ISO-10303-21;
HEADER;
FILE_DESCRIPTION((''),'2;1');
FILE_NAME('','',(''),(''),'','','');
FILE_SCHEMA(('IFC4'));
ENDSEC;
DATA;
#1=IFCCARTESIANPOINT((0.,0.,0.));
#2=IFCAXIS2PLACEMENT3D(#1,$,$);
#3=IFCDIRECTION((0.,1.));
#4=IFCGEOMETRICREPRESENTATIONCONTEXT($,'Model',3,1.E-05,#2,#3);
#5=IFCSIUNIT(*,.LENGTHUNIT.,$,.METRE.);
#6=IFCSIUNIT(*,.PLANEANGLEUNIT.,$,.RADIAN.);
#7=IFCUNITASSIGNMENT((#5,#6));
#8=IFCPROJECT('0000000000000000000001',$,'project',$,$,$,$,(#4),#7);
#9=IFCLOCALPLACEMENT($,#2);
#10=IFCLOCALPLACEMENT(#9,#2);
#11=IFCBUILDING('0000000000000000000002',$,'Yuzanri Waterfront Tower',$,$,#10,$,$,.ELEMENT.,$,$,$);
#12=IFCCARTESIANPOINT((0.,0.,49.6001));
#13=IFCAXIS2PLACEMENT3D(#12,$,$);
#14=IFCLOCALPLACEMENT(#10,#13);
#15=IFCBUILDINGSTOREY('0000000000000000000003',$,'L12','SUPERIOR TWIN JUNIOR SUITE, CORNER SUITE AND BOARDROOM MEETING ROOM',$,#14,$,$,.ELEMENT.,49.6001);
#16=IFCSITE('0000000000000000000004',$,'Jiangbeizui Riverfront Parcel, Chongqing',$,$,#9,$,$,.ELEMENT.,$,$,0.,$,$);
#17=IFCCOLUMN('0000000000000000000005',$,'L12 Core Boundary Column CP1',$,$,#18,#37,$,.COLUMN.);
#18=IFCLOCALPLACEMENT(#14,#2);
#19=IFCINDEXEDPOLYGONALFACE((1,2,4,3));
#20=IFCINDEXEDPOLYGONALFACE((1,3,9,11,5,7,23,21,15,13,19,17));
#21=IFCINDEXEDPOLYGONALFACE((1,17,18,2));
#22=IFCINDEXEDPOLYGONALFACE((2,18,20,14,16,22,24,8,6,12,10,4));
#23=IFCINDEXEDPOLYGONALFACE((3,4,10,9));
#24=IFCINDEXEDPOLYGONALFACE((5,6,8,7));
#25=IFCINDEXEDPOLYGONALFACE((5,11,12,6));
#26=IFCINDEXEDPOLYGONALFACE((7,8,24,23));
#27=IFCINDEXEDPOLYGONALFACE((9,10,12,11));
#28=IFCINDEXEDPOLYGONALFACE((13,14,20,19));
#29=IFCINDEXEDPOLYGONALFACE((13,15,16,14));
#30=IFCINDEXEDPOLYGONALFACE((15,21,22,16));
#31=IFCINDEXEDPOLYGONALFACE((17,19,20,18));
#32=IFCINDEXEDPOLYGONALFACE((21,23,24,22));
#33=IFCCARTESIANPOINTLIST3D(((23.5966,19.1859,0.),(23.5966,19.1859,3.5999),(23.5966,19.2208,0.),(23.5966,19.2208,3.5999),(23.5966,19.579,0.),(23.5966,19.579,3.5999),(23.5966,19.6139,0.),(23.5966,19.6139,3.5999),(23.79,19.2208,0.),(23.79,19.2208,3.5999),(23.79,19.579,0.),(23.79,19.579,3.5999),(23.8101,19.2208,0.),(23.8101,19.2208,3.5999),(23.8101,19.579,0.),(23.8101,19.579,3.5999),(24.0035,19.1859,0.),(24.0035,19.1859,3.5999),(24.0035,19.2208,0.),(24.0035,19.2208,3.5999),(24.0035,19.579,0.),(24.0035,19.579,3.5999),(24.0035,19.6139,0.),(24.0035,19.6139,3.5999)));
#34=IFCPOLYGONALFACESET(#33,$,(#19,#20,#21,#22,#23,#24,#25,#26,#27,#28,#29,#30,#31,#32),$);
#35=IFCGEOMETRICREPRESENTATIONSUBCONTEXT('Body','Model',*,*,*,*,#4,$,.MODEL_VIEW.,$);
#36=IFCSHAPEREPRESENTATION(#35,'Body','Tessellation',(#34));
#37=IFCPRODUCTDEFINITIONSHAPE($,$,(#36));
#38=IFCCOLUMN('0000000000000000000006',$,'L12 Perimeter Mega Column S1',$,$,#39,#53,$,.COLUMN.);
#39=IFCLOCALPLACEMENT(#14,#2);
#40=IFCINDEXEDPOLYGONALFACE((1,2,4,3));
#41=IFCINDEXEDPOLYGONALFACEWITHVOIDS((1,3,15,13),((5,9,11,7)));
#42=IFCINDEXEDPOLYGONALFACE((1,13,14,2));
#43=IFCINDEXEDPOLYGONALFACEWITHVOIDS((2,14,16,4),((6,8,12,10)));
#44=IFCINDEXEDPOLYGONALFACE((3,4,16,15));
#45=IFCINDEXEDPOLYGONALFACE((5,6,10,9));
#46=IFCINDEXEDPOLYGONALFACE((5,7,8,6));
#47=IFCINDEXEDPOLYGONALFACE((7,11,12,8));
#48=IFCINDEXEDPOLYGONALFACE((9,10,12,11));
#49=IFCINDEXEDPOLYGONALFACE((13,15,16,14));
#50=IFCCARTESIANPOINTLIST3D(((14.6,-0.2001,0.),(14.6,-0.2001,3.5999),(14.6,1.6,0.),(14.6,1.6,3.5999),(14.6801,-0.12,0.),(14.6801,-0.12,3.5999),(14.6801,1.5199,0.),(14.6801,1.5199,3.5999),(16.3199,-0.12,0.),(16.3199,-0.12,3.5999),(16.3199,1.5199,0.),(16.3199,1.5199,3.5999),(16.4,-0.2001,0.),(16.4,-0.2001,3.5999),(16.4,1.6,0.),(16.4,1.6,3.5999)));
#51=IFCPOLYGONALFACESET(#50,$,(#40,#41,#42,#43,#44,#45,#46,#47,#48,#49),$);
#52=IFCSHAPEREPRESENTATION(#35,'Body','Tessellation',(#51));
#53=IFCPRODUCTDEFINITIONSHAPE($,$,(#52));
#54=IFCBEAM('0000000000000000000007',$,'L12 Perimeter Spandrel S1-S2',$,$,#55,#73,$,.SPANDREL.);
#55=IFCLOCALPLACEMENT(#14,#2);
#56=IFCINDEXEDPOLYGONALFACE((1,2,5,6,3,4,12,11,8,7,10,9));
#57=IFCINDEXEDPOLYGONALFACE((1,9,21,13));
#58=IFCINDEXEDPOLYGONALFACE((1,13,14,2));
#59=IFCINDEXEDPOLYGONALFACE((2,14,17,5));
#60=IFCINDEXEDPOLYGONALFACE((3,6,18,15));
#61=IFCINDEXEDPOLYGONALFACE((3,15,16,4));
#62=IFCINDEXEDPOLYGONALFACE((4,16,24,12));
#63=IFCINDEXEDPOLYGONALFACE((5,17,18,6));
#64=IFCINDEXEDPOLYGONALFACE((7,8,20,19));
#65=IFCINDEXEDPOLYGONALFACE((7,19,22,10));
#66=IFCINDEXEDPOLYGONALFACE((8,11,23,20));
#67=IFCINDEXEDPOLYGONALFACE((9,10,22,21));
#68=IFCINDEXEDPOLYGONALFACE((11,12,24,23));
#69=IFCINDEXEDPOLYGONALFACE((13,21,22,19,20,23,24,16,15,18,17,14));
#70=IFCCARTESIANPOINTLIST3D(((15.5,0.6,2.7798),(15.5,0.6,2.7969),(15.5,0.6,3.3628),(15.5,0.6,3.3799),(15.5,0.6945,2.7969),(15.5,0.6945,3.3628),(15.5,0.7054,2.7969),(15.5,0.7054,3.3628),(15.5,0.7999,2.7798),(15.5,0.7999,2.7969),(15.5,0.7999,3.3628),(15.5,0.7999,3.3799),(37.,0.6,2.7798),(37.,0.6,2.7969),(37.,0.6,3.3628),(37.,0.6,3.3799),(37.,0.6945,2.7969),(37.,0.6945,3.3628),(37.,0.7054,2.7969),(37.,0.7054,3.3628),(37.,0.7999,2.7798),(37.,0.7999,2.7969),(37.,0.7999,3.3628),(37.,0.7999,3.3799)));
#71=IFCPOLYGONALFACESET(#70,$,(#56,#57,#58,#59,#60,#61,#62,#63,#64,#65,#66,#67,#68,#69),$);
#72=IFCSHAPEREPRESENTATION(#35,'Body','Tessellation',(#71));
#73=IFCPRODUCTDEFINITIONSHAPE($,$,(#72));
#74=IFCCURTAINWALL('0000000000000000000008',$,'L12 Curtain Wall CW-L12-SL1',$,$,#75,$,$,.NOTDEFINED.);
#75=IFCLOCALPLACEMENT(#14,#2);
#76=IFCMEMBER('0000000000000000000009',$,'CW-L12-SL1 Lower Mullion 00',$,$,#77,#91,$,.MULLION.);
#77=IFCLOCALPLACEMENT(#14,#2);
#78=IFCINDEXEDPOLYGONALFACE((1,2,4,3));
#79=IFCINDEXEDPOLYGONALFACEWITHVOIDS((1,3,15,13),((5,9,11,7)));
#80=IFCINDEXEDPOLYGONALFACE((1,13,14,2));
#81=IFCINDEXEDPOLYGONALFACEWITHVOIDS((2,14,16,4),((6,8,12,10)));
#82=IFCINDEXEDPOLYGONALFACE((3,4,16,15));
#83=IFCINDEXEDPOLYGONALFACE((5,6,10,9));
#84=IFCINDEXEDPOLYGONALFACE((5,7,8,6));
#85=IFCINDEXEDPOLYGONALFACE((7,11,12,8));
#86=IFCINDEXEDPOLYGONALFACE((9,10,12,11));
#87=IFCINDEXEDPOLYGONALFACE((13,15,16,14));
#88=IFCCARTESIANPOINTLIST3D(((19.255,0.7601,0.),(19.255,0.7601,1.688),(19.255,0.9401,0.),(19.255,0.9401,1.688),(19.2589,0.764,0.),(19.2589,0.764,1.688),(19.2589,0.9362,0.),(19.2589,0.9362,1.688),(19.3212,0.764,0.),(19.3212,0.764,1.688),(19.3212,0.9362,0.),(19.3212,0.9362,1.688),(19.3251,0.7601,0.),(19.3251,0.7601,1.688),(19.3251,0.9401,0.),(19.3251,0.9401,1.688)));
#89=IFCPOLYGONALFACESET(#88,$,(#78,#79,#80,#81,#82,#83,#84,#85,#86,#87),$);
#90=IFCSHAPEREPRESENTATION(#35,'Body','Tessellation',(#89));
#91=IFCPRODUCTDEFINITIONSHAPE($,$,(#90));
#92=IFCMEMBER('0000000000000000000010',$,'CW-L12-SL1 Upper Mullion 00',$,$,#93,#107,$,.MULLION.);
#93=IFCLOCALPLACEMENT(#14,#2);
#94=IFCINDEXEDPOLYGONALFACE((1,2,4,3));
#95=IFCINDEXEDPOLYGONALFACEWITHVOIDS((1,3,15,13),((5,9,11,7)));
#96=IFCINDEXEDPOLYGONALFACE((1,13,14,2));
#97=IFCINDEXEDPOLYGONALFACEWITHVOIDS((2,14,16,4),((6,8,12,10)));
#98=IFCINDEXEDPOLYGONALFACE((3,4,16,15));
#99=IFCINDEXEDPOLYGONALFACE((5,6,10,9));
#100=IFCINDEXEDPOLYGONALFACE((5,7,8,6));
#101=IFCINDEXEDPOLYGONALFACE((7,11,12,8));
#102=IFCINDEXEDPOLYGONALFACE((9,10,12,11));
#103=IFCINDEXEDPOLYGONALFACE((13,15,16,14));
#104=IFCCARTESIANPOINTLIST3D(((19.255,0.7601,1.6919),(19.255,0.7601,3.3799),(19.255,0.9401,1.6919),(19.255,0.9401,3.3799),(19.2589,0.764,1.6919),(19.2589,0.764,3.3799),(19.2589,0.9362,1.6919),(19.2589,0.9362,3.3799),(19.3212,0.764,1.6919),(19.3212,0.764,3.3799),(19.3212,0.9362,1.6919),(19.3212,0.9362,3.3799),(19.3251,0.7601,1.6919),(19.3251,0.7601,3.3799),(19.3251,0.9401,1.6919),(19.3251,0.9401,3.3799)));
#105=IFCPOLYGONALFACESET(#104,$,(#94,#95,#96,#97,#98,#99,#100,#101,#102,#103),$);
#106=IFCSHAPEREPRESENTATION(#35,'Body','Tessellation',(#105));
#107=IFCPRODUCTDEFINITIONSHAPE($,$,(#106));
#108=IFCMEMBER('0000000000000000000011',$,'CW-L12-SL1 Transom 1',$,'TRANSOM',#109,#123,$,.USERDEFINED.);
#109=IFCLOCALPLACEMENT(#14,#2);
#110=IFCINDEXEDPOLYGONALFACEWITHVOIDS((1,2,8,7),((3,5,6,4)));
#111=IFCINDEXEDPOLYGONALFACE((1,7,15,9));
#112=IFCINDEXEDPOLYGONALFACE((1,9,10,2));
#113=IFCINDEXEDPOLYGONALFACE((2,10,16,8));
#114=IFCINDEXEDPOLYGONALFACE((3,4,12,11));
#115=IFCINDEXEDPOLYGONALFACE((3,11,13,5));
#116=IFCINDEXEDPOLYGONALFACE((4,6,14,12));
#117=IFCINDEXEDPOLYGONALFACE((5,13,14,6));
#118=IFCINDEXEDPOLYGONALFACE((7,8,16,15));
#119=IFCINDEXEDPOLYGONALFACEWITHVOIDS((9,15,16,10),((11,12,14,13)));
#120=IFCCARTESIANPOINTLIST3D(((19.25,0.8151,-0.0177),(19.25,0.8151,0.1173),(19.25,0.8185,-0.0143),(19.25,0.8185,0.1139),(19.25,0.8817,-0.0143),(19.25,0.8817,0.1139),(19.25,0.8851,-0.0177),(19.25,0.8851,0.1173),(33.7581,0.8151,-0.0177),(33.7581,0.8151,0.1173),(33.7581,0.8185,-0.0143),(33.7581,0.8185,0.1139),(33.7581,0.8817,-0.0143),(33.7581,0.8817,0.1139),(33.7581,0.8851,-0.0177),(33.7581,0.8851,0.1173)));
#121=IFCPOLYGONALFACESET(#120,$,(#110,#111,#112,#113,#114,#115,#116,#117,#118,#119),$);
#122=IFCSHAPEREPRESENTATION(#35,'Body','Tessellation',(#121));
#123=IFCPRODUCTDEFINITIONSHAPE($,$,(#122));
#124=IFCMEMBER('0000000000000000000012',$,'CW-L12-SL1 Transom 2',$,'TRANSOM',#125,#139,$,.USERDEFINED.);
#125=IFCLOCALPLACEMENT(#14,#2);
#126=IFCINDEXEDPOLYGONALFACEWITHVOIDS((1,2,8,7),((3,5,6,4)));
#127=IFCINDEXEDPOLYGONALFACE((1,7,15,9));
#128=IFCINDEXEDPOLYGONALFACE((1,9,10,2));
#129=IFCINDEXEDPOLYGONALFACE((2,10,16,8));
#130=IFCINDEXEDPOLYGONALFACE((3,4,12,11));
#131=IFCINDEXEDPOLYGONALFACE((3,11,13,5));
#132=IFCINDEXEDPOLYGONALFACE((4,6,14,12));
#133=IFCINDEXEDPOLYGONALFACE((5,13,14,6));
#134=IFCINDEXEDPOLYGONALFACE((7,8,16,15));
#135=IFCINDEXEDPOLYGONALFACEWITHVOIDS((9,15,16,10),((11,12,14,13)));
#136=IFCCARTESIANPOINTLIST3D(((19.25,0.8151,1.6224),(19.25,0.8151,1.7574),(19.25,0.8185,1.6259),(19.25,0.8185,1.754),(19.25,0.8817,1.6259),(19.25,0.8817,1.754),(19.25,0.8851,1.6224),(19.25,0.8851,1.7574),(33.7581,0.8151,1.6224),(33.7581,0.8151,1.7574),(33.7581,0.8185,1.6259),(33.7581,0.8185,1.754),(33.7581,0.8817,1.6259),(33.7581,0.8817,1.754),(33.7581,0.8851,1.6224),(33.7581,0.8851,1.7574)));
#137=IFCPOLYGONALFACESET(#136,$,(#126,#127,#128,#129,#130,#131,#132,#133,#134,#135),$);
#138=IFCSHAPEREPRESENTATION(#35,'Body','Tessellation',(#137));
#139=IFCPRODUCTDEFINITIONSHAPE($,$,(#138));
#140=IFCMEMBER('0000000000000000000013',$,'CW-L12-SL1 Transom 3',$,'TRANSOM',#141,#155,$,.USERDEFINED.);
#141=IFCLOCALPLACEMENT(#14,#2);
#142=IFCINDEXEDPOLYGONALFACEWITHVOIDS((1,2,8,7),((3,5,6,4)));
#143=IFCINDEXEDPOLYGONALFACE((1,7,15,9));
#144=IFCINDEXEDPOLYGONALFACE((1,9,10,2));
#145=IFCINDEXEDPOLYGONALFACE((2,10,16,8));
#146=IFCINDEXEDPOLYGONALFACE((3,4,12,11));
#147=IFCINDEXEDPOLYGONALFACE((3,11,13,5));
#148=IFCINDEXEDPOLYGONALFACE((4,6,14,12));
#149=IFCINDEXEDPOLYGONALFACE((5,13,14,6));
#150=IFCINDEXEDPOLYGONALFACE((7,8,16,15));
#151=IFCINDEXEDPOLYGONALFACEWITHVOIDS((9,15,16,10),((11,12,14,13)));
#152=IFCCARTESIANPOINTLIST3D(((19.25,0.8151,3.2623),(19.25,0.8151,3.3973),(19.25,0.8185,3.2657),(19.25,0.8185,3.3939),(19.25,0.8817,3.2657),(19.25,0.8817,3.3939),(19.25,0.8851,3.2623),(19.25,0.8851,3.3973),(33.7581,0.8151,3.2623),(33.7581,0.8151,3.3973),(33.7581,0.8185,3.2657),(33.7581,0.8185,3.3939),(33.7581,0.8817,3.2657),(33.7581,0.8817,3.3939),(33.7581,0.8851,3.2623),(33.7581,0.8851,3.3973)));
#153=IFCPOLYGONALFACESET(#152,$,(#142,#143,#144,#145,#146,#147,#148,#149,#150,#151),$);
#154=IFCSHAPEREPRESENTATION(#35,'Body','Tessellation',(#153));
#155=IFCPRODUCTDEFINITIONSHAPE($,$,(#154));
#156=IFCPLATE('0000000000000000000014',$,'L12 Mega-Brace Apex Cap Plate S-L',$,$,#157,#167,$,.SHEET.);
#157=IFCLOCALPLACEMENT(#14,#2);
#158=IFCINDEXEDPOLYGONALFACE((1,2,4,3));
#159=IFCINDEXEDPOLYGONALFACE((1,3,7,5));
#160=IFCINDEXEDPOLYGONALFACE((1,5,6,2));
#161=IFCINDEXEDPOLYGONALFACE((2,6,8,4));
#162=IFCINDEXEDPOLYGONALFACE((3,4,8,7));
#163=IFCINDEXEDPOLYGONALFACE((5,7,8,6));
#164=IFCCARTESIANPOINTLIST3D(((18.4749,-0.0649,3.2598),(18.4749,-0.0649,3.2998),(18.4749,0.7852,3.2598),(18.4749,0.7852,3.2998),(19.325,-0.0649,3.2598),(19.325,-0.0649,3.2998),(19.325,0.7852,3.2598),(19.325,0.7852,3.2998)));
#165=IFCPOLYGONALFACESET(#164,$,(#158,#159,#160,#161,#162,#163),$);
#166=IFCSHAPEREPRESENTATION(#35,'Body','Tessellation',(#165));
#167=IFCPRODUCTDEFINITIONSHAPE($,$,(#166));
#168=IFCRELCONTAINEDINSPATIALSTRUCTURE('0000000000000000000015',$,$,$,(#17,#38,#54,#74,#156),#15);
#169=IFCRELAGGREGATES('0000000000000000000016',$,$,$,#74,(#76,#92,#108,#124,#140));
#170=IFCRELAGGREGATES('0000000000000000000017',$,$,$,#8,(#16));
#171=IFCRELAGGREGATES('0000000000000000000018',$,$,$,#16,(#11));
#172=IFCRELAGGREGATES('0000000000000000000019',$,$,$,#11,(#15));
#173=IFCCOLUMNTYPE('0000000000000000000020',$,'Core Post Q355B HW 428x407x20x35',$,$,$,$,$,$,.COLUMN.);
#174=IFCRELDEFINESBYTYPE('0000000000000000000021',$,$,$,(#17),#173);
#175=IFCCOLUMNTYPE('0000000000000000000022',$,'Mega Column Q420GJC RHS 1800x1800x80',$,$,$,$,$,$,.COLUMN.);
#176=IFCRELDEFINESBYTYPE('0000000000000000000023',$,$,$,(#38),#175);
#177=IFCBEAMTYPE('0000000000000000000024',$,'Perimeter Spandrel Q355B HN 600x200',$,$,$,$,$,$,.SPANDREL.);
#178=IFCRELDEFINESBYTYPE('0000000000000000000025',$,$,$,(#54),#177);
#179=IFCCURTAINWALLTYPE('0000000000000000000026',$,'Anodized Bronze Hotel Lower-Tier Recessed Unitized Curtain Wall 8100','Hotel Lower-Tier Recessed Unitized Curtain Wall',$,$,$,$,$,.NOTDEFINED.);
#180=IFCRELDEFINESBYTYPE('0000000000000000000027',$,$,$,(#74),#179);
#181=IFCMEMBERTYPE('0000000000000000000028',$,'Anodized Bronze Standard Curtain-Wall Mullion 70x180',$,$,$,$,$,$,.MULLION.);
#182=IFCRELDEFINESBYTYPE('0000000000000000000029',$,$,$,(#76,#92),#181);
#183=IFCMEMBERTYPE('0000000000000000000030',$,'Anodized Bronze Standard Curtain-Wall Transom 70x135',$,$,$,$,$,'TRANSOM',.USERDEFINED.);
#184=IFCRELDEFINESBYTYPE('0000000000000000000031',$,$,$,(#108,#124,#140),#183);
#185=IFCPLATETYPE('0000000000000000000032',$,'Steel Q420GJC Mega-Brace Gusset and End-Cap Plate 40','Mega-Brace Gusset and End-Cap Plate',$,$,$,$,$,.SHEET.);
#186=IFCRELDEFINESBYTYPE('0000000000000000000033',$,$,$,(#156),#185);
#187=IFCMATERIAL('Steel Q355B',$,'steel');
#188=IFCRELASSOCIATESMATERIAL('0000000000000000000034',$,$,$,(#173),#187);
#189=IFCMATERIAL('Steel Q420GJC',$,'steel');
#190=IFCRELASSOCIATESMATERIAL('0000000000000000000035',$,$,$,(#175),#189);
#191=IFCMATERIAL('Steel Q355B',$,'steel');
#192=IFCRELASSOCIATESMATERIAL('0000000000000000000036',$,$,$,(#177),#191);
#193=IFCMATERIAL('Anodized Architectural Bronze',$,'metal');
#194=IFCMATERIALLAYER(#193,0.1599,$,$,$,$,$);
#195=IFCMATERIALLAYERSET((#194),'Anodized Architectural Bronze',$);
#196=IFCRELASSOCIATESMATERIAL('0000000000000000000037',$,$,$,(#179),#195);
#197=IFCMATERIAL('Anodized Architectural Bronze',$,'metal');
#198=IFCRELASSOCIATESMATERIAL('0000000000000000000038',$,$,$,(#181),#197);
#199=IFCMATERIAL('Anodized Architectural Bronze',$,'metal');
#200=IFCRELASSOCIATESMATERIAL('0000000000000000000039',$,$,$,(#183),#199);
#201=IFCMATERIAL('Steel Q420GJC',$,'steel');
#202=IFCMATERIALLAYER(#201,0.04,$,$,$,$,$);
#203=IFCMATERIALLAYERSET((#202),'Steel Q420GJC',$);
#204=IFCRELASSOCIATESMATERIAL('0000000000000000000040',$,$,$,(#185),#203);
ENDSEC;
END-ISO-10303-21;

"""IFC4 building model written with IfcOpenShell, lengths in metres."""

from ifc_helpers import new_model, si_unit, direction, frame, origin, origin_2d, place, context, subcontext, project, spatial, rectangle, hollow_rectangle, i_section, extrude, source, transform, mapped, material, layer, layer_set, material_profile, profile_set, type_object, element, aggregate, save


model = new_model("IFC4")

# Units and contexts
model_context = context("Model", 3, precision=1e-05, world=origin(), true_north=direction((0.0, 1.0)))
body_context = subcontext(model_context, "Body", "Model", "MODEL_VIEW")
ifc_project = project(units=[si_unit("LENGTHUNIT", "METRE"), si_unit("PLANEANGLEUNIT", "RADIAN")], contexts=[model_context])

# Site, building, storey
site_placement = place(None, origin())
site = spatial("IfcSite", under=ifc_project, at=site_placement, Name="Jiangbeizui Riverfront Parcel, Chongqing", CompositionType="ELEMENT", RefElevation=0.0)
building_placement = place(site_placement, origin())
building = spatial("IfcBuilding", under=site, at=building_placement, Name="Yuzanri Waterfront Tower", CompositionType="ELEMENT")
storey_placement = place(building_placement, frame((0.0, 0.0, 49.6001)))
storey = spatial("IfcBuildingStorey", under=building, at=storey_placement, Name="L12", Description="SUPERIOR TWIN JUNIOR SUITE, CORNER SUITE AND BOARDROOM MEETING ROOM", CompositionType="ELEMENT", Elevation=49.6001)

# Columns
ifc_material_1 = material(Name="Steel Q355B", Category="steel")
ifc_material_profile_1 = material_profile(ifc_material_1, i_section(OverallWidth=0.407, OverallDepth=0.428, WebThickness=0.02, FlangeThickness=0.0349, at=origin_2d()), Name="HW 428x407x20x35")
ifc_profile_set_1 = profile_set([ifc_material_profile_1], Name="Steel Q355B")
column_type_1 = type_object("IfcColumnType", Name="Core Post Q355B HW 428x407x20x35", PredefinedType="COLUMN", material=ifc_profile_set_1)
shared_shape_1 = source(origin(), body_context, "Body", "SweptSolid", [
    extrude(i_section(OverallWidth=0.407, OverallDepth=0.428, WebThickness=0.02, FlangeThickness=0.0349, at=origin_2d()), origin(), (0.0, 0.0, 1.0), 3.5999),
])
column_1_placement = place(storey_placement, frame((23.8, 19.3999, 0.0), z_axis=(0.0, 0.0, 1.0), x_axis=(1.0, 0.0, 0.0)))
element("IfcColumn", 1, at=column_1_placement, inside=storey, type_object=column_type_1, Name="L12 Core Boundary Column CP1", PredefinedType="COLUMN", context=body_context, shape_type="MappedRepresentation", body=[
    mapped(shared_shape_1, transform((0.0, 0.0, 0.0), scale=1.0)),
])
ifc_material_2 = material(Name="Steel Q420GJC", Category="steel")
ifc_material_profile_2 = material_profile(ifc_material_2, hollow_rectangle(XDim=1.8, YDim=1.8, WallThickness=0.0801, at=origin_2d()), Name="RHS 1800x1800x80")
ifc_profile_set_2 = profile_set([ifc_material_profile_2], Name="Steel Q420GJC")
column_type_2 = type_object("IfcColumnType", Name="Mega Column Q420GJC RHS 1800x1800x80", PredefinedType="COLUMN", material=ifc_profile_set_2)
shared_shape_2 = source(origin(), body_context, "Body", "SweptSolid", [
    extrude(hollow_rectangle(XDim=1.8, YDim=1.8, WallThickness=0.0801, at=origin_2d()), origin(), (0.0, 0.0, 1.0), 3.5999),
])
column_2_placement = place(storey_placement, frame((15.5, 0.7, 0.0), z_axis=(0.0, 0.0, 1.0), x_axis=(1.0, 0.0, 0.0)))
element("IfcColumn", 2, at=column_2_placement, inside=storey, type_object=column_type_2, Name="L12 Perimeter Mega Column S1", PredefinedType="COLUMN", context=body_context, shape_type="MappedRepresentation", body=[
    mapped(shared_shape_2, transform((0.0, 0.0, 0.0), scale=1.0)),
])

# Beam
ifc_material_3 = material(Name="Steel Q355B", Category="steel")
ifc_material_profile_3 = material_profile(ifc_material_3, i_section(OverallWidth=0.2, OverallDepth=0.6001, WebThickness=0.011, FlangeThickness=0.0171, at=origin_2d()), Name="HN 600x200x11x17")
ifc_profile_set_3 = profile_set([ifc_material_profile_3], Name="Steel Q355B")
beam_type = type_object("IfcBeamType", Name="Perimeter Spandrel Q355B HN 600x200", PredefinedType="SPANDREL", material=ifc_profile_set_3)
shared_shape_3 = source(origin(), body_context, "Body", "SweptSolid", [
    extrude(i_section(OverallWidth=0.2, OverallDepth=0.6001, WebThickness=0.011, FlangeThickness=0.0171, at=origin_2d()), origin(), (0.0, 0.0, 1.0), 21.5),
])
beam_placement = place(storey_placement, frame((15.5, 0.7, 3.0798), z_axis=(1.0, 0.0, 0.0), x_axis=(0.0, 1.0, 0.0)))
element("IfcBeam", 3, at=beam_placement, inside=storey, type_object=beam_type, Name="L12 Perimeter Spandrel S1-S2", PredefinedType="SPANDREL", context=body_context, shape_type="MappedRepresentation", body=[
    mapped(shared_shape_3, transform((0.0, 0.0, 0.0), scale=1.0)),
])

# Curtain wall, members
ifc_material_4 = material(Name="Anodized Architectural Bronze", Category="metal")
ifc_layer_1 = layer(ifc_material_4, 0.1599)
ifc_layer_set_1 = layer_set([ifc_layer_1], Name="Anodized Architectural Bronze")
curtain_wall_type = type_object("IfcCurtainWallType", Name="Anodized Bronze Hotel Lower-Tier Recessed Unitized Curtain Wall 8100", Description="Hotel Lower-Tier Recessed Unitized Curtain Wall", PredefinedType="NOTDEFINED", material=ifc_layer_set_1)
curtain_wall_placement = place(storey_placement, origin())
curtain_wall = element("IfcCurtainWall", 4, at=curtain_wall_placement, inside=storey, type_object=curtain_wall_type, Name="L12 Curtain Wall CW-L12-SL1", PredefinedType="NOTDEFINED")
ifc_material_5 = material(Name="Anodized Architectural Bronze", Category="metal")
ifc_material_profile_4 = material_profile(ifc_material_5, hollow_rectangle(XDim=0.0701, YDim=0.1799, WallThickness=0.0039, at=origin_2d()), Name="CWM 70x180")
ifc_profile_set_4 = profile_set([ifc_material_profile_4], Name="Anodized Architectural Bronze")
member_type_1 = type_object("IfcMemberType", Name="Anodized Bronze Standard Curtain-Wall Mullion 70x180", PredefinedType="MULLION", material=ifc_profile_set_4)
shared_shape_4 = source(origin(), body_context, "Body", "SweptSolid", [
    extrude(hollow_rectangle(XDim=0.0701, YDim=0.1799, WallThickness=0.0039, at=origin_2d()), origin(), (0.0, 0.0, 1.0), 1.688),
])
member_1_placement = place(storey_placement, frame((19.29, 0.8501, 0.0), z_axis=(0.0, 0.0, 1.0), x_axis=(1.0, 0.0, 0.0)))
member_1 = element("IfcMember", 5, at=member_1_placement, type_object=member_type_1, Name="CW-L12-SL1 Lower Mullion 00", PredefinedType="MULLION", context=body_context, shape_type="MappedRepresentation", body=[
    mapped(shared_shape_4, transform((0.0, 0.0, 0.0), scale=1.0)),
])
member_2_placement = place(storey_placement, frame((19.29, 0.8501, 1.6919), z_axis=(0.0, 0.0, 1.0), x_axis=(1.0, 0.0, 0.0)))
member_2 = element("IfcMember", 6, at=member_2_placement, type_object=member_type_1, Name="CW-L12-SL1 Upper Mullion 00", PredefinedType="MULLION", context=body_context, shape_type="MappedRepresentation", body=[
    mapped(shared_shape_4, transform((0.0, 0.0, 0.0), scale=1.0)),
])
ifc_material_6 = material(Name="Anodized Architectural Bronze", Category="metal")
ifc_material_profile_5 = material_profile(ifc_material_6, hollow_rectangle(XDim=0.0701, YDim=0.135, WallThickness=0.0034, at=origin_2d()), Name="CWT 70x135")
ifc_profile_set_5 = profile_set([ifc_material_profile_5], Name="Anodized Architectural Bronze")
member_type_2 = type_object("IfcMemberType", Name="Anodized Bronze Standard Curtain-Wall Transom 70x135", ElementType="TRANSOM", PredefinedType="USERDEFINED", material=ifc_profile_set_5)
shared_shape_5 = source(origin(), body_context, "Body", "SweptSolid", [
    extrude(hollow_rectangle(XDim=0.0701, YDim=0.135, WallThickness=0.0034, at=origin_2d()), origin(), (0.0, 0.0, 1.0), 14.5081),
])
member_3_placement = place(storey_placement, frame((19.25, 0.8501, 0.0498), z_axis=(1.0, 0.0, 0.0), x_axis=(0.0, 1.0, 0.0)))
member_3 = element("IfcMember", 7, at=member_3_placement, type_object=member_type_2, Name="CW-L12-SL1 Transom 1", ObjectType="TRANSOM", PredefinedType="USERDEFINED", context=body_context, shape_type="MappedRepresentation", body=[
    mapped(shared_shape_5, transform((0.0, 0.0, 0.0), scale=1.0)),
])
member_4_placement = place(storey_placement, frame((19.25, 0.8501, 1.6899), z_axis=(1.0, 0.0, 0.0), x_axis=(0.0, 1.0, 0.0)))
member_4 = element("IfcMember", 8, at=member_4_placement, type_object=member_type_2, Name="CW-L12-SL1 Transom 2", ObjectType="TRANSOM", PredefinedType="USERDEFINED", context=body_context, shape_type="MappedRepresentation", body=[
    mapped(shared_shape_5, transform((0.0, 0.0, 0.0), scale=1.0)),
])
member_5_placement = place(storey_placement, frame((19.25, 0.8501, 3.3298), z_axis=(1.0, 0.0, 0.0), x_axis=(0.0, 1.0, 0.0)))
member_5 = element("IfcMember", 9, at=member_5_placement, type_object=member_type_2, Name="CW-L12-SL1 Transom 3", ObjectType="TRANSOM", PredefinedType="USERDEFINED", context=body_context, shape_type="MappedRepresentation", body=[
    mapped(shared_shape_5, transform((0.0, 0.0, 0.0), scale=1.0)),
])

# Plate
ifc_material_7 = material(Name="Steel Q420GJC", Category="steel")
ifc_layer_2 = layer(ifc_material_7, 0.04)
ifc_layer_set_2 = layer_set([ifc_layer_2], Name="Steel Q420GJC")
plate_type_1 = type_object("IfcPlateType", Name="Steel Q420GJC Mega-Brace Gusset and End-Cap Plate 40", Description="Mega-Brace Gusset and End-Cap Plate", PredefinedType="SHEET", material=ifc_layer_set_2)
shared_shape_6 = source(origin(), body_context, "Body", "SweptSolid", [
    extrude(rectangle(XDim=0.8501, YDim=0.8501, at=origin_2d()), origin(), (0.0, 0.0, 1.0), 0.04),
])
plate_1_placement = place(storey_placement, frame((18.8999, 0.3601, 3.2598), z_axis=(0.0, 0.0, 1.0), x_axis=(1.0, 0.0, 0.0)))
element("IfcPlate", 10, at=plate_1_placement, inside=storey, type_object=plate_type_1, Name="L12 Mega-Brace Apex Cap Plate S-L", PredefinedType="SHEET", context=body_context, shape_type="MappedRepresentation", body=[
    mapped(shared_shape_6, transform((0.0, 0.0, 0.0), scale=1.0)),
])
aggregate(curtain_wall, [member_1, member_2, member_3, member_4, member_5])

save(model, "model.ifc")
